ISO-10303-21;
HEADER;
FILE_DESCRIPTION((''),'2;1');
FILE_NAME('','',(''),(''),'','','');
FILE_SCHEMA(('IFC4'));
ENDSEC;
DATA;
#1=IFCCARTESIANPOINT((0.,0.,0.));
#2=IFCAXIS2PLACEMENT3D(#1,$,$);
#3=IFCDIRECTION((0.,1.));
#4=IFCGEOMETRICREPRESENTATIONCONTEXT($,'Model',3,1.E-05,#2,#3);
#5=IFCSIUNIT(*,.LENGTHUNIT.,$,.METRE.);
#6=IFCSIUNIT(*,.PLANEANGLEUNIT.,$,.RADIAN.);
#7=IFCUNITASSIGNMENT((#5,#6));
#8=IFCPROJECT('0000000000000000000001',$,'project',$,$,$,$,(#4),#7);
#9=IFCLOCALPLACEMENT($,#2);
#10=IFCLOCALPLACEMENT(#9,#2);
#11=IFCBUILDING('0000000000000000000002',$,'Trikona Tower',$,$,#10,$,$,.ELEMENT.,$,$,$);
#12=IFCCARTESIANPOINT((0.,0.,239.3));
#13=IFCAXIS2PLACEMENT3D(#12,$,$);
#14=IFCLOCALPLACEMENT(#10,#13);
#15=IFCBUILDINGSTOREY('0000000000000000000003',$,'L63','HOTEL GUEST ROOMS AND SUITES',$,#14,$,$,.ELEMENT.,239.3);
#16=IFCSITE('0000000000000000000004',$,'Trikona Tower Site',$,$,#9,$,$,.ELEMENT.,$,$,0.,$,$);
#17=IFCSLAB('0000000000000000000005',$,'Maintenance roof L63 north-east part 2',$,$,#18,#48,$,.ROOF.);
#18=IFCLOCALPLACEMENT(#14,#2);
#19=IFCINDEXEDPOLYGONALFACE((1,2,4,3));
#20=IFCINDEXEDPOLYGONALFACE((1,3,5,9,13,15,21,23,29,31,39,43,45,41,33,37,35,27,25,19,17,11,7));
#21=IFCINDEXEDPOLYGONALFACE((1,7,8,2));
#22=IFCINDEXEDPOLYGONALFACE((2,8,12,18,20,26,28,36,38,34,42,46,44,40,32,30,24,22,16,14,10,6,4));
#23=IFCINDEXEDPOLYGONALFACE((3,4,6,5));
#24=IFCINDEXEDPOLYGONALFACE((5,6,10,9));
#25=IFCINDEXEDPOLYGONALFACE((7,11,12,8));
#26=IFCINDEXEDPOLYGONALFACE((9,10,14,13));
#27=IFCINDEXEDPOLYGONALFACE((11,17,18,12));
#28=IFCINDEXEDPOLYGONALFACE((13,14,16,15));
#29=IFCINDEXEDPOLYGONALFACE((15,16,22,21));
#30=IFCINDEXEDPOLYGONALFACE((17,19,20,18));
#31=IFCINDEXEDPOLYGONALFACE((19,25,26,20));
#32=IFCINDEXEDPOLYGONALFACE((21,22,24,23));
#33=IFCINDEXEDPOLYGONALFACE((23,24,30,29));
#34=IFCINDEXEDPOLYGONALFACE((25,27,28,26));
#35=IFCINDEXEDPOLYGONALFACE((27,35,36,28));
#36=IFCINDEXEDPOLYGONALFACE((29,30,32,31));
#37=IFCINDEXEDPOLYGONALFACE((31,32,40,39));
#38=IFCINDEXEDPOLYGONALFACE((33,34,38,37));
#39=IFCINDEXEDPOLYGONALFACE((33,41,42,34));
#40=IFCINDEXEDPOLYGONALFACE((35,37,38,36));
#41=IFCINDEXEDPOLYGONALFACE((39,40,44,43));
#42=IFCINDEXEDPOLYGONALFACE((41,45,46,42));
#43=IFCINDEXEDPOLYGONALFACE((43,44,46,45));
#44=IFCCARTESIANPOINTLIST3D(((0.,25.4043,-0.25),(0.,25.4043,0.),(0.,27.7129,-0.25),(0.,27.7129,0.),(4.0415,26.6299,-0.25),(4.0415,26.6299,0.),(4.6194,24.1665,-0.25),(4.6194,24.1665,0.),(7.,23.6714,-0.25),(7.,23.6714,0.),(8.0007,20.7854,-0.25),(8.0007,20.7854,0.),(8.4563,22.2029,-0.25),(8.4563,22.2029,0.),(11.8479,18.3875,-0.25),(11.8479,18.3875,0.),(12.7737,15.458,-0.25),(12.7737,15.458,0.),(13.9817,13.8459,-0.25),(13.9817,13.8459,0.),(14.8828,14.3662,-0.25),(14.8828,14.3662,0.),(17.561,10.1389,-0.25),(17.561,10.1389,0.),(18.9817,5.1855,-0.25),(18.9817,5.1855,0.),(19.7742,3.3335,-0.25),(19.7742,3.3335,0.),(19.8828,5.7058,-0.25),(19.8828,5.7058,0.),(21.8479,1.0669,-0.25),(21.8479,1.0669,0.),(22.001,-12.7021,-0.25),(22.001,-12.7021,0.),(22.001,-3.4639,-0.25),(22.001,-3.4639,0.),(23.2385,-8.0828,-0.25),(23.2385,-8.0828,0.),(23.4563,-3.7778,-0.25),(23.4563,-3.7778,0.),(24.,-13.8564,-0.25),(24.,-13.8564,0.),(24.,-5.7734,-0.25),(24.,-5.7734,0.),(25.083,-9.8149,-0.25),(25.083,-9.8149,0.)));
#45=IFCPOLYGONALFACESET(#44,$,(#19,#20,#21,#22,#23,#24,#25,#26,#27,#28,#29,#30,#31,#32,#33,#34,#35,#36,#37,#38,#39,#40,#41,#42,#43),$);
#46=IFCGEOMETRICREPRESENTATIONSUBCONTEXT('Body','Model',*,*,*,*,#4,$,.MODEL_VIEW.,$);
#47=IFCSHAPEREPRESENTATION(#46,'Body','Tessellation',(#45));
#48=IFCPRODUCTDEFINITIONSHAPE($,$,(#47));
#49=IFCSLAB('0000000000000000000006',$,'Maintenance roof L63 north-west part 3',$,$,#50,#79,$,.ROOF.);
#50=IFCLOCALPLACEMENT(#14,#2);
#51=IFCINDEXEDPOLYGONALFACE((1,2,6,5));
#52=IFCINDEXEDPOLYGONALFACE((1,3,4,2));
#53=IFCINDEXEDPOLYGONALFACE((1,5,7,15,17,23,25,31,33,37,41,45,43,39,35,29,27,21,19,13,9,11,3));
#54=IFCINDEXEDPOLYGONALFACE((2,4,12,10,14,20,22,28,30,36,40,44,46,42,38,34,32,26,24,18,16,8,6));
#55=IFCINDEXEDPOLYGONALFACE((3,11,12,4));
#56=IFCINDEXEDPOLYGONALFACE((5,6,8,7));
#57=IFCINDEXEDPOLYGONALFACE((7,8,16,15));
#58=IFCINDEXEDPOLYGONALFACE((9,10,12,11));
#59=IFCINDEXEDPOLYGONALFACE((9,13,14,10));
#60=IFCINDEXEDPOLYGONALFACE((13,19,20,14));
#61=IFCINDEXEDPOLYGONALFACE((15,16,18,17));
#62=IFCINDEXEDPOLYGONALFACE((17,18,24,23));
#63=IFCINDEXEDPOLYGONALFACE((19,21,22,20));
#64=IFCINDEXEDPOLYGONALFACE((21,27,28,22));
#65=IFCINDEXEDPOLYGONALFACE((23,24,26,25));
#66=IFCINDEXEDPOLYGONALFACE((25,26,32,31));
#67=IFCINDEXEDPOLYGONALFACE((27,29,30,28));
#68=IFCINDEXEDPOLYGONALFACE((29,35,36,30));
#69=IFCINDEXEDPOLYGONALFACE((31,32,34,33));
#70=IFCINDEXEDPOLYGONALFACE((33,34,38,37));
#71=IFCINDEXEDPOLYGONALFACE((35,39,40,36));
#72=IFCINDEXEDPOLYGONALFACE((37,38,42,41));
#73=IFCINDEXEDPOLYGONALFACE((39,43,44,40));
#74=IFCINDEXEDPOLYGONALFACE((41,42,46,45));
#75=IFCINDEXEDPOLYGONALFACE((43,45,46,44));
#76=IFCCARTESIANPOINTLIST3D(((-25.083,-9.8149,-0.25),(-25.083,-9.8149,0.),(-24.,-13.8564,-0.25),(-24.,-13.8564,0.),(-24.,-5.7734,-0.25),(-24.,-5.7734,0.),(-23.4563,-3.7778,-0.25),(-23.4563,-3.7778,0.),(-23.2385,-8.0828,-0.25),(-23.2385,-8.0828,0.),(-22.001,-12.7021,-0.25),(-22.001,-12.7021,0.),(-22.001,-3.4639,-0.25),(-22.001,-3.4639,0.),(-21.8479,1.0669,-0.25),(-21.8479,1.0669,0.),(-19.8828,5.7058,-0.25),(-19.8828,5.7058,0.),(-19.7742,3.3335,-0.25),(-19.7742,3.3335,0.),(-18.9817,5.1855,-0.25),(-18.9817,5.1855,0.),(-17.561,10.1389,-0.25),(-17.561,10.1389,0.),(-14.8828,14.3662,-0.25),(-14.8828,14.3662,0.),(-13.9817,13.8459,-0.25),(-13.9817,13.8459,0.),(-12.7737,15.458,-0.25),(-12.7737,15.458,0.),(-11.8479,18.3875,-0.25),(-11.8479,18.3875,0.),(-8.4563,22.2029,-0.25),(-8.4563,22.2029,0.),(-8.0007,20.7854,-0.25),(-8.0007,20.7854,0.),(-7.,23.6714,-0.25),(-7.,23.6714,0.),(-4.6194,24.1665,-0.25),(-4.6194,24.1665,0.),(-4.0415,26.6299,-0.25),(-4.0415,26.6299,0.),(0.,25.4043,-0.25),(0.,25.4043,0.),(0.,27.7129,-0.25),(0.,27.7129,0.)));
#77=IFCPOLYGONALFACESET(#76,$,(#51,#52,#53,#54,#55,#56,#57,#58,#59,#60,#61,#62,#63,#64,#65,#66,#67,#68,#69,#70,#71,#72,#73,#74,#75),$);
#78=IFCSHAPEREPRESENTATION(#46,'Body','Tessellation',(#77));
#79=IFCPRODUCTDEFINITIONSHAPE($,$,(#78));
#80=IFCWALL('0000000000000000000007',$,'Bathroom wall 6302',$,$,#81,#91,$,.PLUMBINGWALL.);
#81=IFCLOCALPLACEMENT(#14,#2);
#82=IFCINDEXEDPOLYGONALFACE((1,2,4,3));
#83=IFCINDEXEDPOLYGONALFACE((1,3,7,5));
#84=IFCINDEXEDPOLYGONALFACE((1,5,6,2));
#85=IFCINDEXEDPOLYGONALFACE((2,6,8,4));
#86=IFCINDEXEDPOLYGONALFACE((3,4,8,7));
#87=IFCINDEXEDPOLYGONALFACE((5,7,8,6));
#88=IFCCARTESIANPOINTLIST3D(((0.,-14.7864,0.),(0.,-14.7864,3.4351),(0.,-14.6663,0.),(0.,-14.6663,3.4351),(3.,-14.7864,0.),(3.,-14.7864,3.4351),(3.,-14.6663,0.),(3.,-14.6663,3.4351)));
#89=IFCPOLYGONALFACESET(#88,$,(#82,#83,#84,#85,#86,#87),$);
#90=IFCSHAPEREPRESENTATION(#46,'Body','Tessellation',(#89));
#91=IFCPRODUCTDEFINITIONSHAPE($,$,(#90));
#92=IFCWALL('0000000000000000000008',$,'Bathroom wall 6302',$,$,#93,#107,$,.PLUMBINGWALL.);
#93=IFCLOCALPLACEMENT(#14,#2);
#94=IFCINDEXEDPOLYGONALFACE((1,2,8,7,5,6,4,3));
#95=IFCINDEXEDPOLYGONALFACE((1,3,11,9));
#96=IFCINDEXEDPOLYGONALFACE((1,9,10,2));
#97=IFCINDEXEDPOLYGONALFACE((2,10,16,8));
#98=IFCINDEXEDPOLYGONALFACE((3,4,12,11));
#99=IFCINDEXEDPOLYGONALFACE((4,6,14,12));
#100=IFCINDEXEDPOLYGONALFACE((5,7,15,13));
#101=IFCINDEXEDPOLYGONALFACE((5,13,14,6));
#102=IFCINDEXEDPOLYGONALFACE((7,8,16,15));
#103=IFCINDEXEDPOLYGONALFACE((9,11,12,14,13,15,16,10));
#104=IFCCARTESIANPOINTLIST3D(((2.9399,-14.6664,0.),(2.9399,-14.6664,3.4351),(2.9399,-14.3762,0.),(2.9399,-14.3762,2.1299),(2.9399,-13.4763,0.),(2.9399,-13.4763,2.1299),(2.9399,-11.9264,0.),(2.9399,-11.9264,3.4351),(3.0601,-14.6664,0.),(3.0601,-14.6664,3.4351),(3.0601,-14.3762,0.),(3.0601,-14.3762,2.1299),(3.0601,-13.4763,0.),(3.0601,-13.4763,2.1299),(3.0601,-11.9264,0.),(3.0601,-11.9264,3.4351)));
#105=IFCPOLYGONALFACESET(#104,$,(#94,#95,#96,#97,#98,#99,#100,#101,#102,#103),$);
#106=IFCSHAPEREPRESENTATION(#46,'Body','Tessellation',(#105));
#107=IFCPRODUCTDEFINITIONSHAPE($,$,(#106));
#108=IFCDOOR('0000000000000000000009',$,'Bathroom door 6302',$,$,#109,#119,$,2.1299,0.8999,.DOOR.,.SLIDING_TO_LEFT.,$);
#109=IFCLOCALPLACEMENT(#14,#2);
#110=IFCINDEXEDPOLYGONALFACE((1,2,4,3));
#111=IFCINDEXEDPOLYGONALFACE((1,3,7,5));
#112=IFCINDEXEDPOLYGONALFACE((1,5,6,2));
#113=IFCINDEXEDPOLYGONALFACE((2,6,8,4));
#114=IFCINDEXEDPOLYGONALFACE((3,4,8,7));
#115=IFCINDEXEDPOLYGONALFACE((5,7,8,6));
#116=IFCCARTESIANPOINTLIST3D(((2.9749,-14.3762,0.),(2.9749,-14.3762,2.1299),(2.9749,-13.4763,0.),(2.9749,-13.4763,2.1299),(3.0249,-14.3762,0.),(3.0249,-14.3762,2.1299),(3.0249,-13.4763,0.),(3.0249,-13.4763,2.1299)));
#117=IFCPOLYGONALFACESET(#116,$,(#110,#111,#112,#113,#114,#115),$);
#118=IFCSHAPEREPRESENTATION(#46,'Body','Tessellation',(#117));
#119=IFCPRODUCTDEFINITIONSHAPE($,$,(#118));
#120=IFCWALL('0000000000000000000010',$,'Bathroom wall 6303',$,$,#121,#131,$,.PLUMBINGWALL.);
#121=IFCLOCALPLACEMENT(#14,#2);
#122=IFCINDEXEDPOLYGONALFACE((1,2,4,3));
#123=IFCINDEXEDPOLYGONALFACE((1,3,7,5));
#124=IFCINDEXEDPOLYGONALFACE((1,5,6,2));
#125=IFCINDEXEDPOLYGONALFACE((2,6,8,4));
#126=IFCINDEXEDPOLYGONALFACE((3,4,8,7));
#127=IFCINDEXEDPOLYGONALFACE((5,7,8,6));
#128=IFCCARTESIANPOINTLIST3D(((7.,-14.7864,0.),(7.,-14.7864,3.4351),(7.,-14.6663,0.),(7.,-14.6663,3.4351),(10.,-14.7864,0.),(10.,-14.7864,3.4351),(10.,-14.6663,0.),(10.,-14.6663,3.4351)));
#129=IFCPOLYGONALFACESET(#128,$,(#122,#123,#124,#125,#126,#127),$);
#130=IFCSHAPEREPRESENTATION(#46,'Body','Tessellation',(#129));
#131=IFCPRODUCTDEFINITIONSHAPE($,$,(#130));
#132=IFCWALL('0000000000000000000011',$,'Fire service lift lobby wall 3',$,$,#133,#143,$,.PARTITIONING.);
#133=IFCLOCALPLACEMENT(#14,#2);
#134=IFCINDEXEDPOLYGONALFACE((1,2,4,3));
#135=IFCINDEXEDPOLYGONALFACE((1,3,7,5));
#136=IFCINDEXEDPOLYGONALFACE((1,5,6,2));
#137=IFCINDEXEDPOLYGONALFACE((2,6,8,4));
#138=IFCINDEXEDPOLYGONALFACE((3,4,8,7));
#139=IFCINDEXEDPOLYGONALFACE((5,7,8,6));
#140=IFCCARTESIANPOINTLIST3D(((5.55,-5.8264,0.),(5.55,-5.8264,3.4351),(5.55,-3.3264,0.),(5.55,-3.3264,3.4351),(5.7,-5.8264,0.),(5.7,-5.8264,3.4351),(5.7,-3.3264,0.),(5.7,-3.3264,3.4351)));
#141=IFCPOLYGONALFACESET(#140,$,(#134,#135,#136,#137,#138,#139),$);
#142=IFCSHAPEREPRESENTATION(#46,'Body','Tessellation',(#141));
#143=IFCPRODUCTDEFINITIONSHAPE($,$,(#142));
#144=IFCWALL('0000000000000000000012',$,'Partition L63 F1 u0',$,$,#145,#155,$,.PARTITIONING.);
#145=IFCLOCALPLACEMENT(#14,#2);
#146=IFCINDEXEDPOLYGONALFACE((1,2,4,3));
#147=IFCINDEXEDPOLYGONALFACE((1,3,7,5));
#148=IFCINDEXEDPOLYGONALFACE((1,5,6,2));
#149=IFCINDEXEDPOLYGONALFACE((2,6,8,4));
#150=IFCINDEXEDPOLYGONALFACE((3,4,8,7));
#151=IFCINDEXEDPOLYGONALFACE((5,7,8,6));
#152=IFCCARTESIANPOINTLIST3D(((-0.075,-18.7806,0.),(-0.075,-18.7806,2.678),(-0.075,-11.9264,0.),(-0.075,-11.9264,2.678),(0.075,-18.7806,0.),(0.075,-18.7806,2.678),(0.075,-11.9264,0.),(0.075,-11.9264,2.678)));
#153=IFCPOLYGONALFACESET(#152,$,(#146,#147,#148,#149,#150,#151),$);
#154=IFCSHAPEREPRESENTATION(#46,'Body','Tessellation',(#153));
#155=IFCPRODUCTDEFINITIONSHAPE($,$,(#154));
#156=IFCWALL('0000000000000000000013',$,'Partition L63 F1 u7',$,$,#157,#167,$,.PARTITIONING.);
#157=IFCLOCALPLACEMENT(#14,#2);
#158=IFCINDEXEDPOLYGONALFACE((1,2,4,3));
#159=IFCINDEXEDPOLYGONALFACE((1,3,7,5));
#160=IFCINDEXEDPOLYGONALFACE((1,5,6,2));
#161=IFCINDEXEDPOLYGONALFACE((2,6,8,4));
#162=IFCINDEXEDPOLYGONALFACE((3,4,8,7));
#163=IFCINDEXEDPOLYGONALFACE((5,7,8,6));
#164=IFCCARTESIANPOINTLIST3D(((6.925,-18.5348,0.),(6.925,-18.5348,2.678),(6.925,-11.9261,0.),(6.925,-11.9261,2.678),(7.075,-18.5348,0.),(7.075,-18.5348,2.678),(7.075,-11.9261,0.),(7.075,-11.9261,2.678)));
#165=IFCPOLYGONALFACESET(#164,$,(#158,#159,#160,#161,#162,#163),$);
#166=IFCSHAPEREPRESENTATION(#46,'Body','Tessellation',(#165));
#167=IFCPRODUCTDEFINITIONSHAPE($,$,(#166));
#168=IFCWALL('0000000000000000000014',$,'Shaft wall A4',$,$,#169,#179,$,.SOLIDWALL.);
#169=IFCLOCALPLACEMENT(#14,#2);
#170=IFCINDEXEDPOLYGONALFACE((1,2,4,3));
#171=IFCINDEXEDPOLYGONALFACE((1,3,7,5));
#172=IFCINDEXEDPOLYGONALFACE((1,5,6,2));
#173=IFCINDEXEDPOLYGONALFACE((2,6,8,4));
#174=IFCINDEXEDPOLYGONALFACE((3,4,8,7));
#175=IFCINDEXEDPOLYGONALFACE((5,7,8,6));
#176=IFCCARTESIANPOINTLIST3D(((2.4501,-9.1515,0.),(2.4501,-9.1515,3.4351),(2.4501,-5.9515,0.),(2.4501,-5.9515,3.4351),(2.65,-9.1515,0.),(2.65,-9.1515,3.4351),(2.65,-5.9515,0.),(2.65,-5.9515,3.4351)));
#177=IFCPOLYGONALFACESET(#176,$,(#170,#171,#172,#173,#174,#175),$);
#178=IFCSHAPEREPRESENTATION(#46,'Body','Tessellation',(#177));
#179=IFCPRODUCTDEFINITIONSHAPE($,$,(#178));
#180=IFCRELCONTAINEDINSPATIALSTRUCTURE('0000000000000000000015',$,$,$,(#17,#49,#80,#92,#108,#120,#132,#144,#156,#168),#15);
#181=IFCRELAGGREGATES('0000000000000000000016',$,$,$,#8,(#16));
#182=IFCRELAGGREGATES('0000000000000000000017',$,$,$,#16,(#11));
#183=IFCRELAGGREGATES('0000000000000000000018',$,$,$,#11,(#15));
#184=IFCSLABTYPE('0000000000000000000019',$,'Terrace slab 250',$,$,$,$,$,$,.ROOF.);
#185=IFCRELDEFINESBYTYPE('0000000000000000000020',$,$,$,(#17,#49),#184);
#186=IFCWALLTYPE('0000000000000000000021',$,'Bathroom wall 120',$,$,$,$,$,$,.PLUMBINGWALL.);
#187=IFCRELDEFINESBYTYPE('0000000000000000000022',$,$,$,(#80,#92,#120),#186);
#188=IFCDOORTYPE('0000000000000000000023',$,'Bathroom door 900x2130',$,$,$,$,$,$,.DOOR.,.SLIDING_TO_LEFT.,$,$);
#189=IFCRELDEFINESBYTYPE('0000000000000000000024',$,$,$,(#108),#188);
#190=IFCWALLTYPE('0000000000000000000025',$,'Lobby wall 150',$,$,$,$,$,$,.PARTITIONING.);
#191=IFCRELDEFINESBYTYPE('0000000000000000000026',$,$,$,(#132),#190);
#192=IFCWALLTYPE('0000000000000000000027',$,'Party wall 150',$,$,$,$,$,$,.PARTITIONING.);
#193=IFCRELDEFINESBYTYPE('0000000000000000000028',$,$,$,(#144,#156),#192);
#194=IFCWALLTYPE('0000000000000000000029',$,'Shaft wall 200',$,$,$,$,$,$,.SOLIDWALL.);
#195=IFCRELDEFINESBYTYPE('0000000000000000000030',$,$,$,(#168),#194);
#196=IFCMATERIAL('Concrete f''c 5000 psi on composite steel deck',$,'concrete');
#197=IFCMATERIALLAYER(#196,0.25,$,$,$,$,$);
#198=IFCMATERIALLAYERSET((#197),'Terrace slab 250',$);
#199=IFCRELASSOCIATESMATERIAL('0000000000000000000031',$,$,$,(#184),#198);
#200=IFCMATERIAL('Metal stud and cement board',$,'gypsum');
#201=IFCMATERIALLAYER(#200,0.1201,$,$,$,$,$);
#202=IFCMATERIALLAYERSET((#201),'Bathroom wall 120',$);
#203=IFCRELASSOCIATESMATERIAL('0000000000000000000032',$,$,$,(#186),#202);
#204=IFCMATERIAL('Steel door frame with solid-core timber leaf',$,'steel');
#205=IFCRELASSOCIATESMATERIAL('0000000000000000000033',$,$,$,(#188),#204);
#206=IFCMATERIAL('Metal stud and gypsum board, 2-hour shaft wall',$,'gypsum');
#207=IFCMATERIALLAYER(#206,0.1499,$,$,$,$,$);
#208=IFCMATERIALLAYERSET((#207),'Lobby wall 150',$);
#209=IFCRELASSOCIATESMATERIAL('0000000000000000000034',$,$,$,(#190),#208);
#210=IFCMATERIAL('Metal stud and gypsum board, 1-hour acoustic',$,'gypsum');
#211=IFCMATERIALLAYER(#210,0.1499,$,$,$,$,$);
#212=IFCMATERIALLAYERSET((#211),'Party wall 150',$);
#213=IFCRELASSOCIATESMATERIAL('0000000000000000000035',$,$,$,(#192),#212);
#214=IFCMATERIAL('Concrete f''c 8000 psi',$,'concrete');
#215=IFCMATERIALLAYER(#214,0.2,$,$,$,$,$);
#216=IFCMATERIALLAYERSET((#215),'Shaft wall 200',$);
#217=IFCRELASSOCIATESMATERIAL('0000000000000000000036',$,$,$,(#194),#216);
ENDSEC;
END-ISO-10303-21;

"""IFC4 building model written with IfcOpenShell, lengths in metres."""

from ifc_helpers import new_model, si_unit, direction, frame, frame_2d, origin, place, context, subcontext, project, spatial, polyline, rectangle, outline, extrude, material, layer, layer_set, type_object, element, fill, save


model = new_model("IFC4")

# Units and contexts
model_context = context("Model", 3, precision=1e-05, world=origin(), true_north=direction((0.0, 1.0)))
body_context = subcontext(model_context, "Body", "Model", "MODEL_VIEW")
ifc_project = project(units=[si_unit("LENGTHUNIT", "METRE"), si_unit("PLANEANGLEUNIT", "RADIAN")], contexts=[model_context])

# Site, building, storey
site_placement = place(None, origin())
site = spatial("IfcSite", under=ifc_project, at=site_placement, Name="Trikona Tower Site", CompositionType="ELEMENT", RefElevation=0.0)
building_placement = place(site_placement, origin())
building = spatial("IfcBuilding", under=site, at=building_placement, Name="Trikona Tower", CompositionType="ELEMENT")
storey_placement = place(building_placement, frame((0.0, 0.0, 239.3)))
storey = spatial("IfcBuildingStorey", under=building, at=storey_placement, Name="L63", Description="HOTEL GUEST ROOMS AND SUITES", CompositionType="ELEMENT", Elevation=239.3)

# Slabs
ifc_material_1 = material(Name="Concrete f'c 5000 psi on composite steel deck", Category="concrete")
ifc_layer_1 = layer(ifc_material_1, 0.25)
ifc_layer_set_1 = layer_set([ifc_layer_1], Name="Terrace slab 250")
slab_type_1 = type_object("IfcSlabType", Name="Terrace slab 250", PredefinedType="ROOF", material=ifc_layer_set_1)
slab_1_placement = place(storey_placement, frame((0.0, 0.0, -0.25)))
element("IfcSlab", 1, at=slab_1_placement, inside=storey, type_object=slab_type_1, Name="Maintenance roof L63 north-east part 2", PredefinedType="ROOF", context=body_context, shape_type="SweptSolid", body=[
    extrude(outline(polyline([(4.0415, 26.6299), (0.0, 27.7129), (0.0, 25.4043), (4.6194, 24.1665), (8.0007, 20.7854), (12.7737, 15.458), (13.9817, 13.8459), (18.9817, 5.1855), (19.7742, 3.3335), (22.001, -3.4639), (23.2385, -8.0828), (22.001, -12.7021), (24.0, -13.8564), (25.083, -9.8149), (24.0, -5.7734), (23.4563, -3.7778), (21.8479, 1.0669), (19.8828, 5.7058), (17.561, 10.1389), (14.8828, 14.3662), (11.8479, 18.3875), (8.4563, 22.2029), (7.0, 23.6714), (4.0415, 26.6299)])), origin(), (0.0, 0.0, 1.0), 0.25),
])
slab_2_placement = place(storey_placement, frame((0.0, 0.0, -0.25)))
element("IfcSlab", 2, at=slab_2_placement, inside=storey, type_object=slab_type_1, Name="Maintenance roof L63 north-west part 3", PredefinedType="ROOF", context=body_context, shape_type="SweptSolid", body=[
    extrude(outline(polyline([(-24.0, -13.8564), (-22.001, -12.7021), (-23.2385, -8.0828), (-22.001, -3.4639), (-19.7742, 3.3335), (-18.9817, 5.1855), (-13.9817, 13.8459), (-12.7737, 15.458), (-8.0007, 20.7854), (-4.6194, 24.1665), (0.0, 25.4043), (0.0, 27.7129), (-4.0415, 26.6299), (-7.0, 23.6714), (-8.4563, 22.2029), (-11.8479, 18.3875), (-14.8828, 14.3662), (-17.561, 10.1389), (-19.8828, 5.7058), (-21.8479, 1.0669), (-23.4563, -3.7778), (-24.0, -5.7734), (-25.083, -9.8149), (-24.0, -13.8564)])), origin(), (0.0, 0.0, 1.0), 0.25),
])

# Wall
ifc_material_2 = material(Name="Metal stud and cement board", Category="gypsum")
ifc_layer_2 = layer(ifc_material_2, 0.1201)
ifc_layer_set_2 = layer_set([ifc_layer_2], Name="Bathroom wall 120")
wall_type_1 = type_object("IfcWallType", Name="Bathroom wall 120", PredefinedType="PLUMBINGWALL", material=ifc_layer_set_2)
wall_1_placement = place(storey_placement, frame((0.0, -14.7263, 0.0), z_axis=(0.0, 0.0, 1.0), x_axis=(1.0, 0.0, 0.0)))
element("IfcWall", 3, at=wall_1_placement, inside=storey, type_object=wall_type_1, Name="Bathroom wall 6302", PredefinedType="PLUMBINGWALL", context=body_context, shape_type="SweptSolid", body=[
    extrude(rectangle(XDim=3.0, YDim=0.1201, at=frame_2d((1.5, 0.0))), origin(), (0.0, 0.0, 1.0), 3.4351),
])

# Wall, opening, door
wall_2_placement = place(storey_placement, frame((3.0, -11.9263, 0.0), z_axis=(0.0, 0.0, 1.0), x_axis=(0.0, -1.0, 0.0)))
wall_2 = element("IfcWall", 4, at=wall_2_placement, inside=storey, type_object=wall_type_1, Name="Bathroom wall 6302", PredefinedType="PLUMBINGWALL", context=body_context, shape_type="SweptSolid", body=[
    extrude(rectangle(XDim=2.74, YDim=0.1201, at=frame_2d((1.3701, 0.0))), origin(), (0.0, 0.0, 1.0), 3.4351),
])
opening_placement = place(wall_2_placement, frame((1.55, 0.0, 0.0)))
opening = element("IfcOpeningElement", 5, at=opening_placement, cuts=wall_2, PredefinedType="OPENING", context=body_context, shape_type="SweptSolid", body=[
    extrude(rectangle(XDim=0.8999, YDim=2.1299, at=frame_2d((0.45, 1.0649))), frame((0.0, 0.0701, 0.0), z_axis=(0.0, -1.0, 0.0), x_axis=(1.0, 0.0, 0.0)), (0.0, 0.0, 1.0), 0.1401),
])
ifc_material_3 = material(Name="Steel door frame with solid-core timber leaf", Category="steel")
door_type = type_object("IfcDoorType", Name="Bathroom door 900x2130", OperationType="SLIDING_TO_LEFT", PredefinedType="DOOR", material=ifc_material_3)
door_placement = place(opening_placement, origin())
door = element("IfcDoor", 6, at=door_placement, inside=storey, type_object=door_type, Name="Bathroom door 6302", OperationType="SLIDING_TO_LEFT", OverallHeight=2.1299, OverallWidth=0.8999, PredefinedType="DOOR", context=body_context, shape_type="SweptSolid", body=[
    extrude(rectangle(XDim=0.8999, YDim=2.1299, at=frame_2d((0.45, 1.0649))), frame((0.0, 0.0249, 0.0), z_axis=(0.0, -1.0, 0.0), x_axis=(1.0, 0.0, 0.0)), (0.0, 0.0, 1.0), 0.05),
])
fill(opening, door)

# Walls
wall_3_placement = place(storey_placement, frame((7.0, -14.7263, 0.0), z_axis=(0.0, 0.0, 1.0), x_axis=(1.0, 0.0, 0.0)))
element("IfcWall", 7, at=wall_3_placement, inside=storey, type_object=wall_type_1, Name="Bathroom wall 6303", PredefinedType="PLUMBINGWALL", context=body_context, shape_type="SweptSolid", body=[
    extrude(rectangle(XDim=3.0, YDim=0.1201, at=frame_2d((1.5, 0.0))), origin(), (0.0, 0.0, 1.0), 3.4351),
])
ifc_material_4 = material(Name="Metal stud and gypsum board, 2-hour shaft wall", Category="gypsum")
ifc_layer_3 = layer(ifc_material_4, 0.1499)
ifc_layer_set_3 = layer_set([ifc_layer_3], Name="Lobby wall 150")
wall_type_2 = type_object("IfcWallType", Name="Lobby wall 150", PredefinedType="PARTITIONING", material=ifc_layer_set_3)
wall_4_placement = place(storey_placement, frame((5.625, -5.8264, 0.0), z_axis=(0.0, 0.0, 1.0), x_axis=(0.0, 1.0, 0.0)))
element("IfcWall", 8, at=wall_4_placement, inside=storey, type_object=wall_type_2, Name="Fire service lift lobby wall 3", PredefinedType="PARTITIONING", context=body_context, shape_type="SweptSolid", body=[
    extrude(rectangle(XDim=2.5, YDim=0.1499, at=frame_2d((1.25, 0.0))), origin(), (0.0, 0.0, 1.0), 3.4351),
])
ifc_material_5 = material(Name="Metal stud and gypsum board, 1-hour acoustic", Category="gypsum")
ifc_layer_4 = layer(ifc_material_5, 0.1499)
ifc_layer_set_4 = layer_set([ifc_layer_4], Name="Party wall 150")
wall_type_3 = type_object("IfcWallType", Name="Party wall 150", PredefinedType="PARTITIONING", material=ifc_layer_set_4)
wall_5_placement = place(storey_placement, frame((0.0, -11.9263, 0.0), z_axis=(0.0, 0.0, 1.0), x_axis=(0.0, -1.0, 0.0)))
element("IfcWall", 9, at=wall_5_placement, inside=storey, type_object=wall_type_3, Name="Partition L63 F1 u0", PredefinedType="PARTITIONING", context=body_context, shape_type="SweptSolid", body=[
    extrude(rectangle(XDim=6.8542, YDim=0.1499, at=frame_2d((3.4272, 0.0))), origin(), (0.0, 0.0, 1.0), 2.678),
])
wall_6_placement = place(storey_placement, frame((7.0, -11.9263, 0.0), z_axis=(0.0, 0.0, 1.0), x_axis=(0.0, -1.0, 0.0)))
element("IfcWall", 10, at=wall_6_placement, inside=storey, type_object=wall_type_3, Name="Partition L63 F1 u7", PredefinedType="PARTITIONING", context=body_context, shape_type="SweptSolid", body=[
    extrude(rectangle(XDim=6.6086, YDim=0.1499, at=frame_2d((3.3042, 0.0))), origin(), (0.0, 0.0, 1.0), 2.678),
])
ifc_material_6 = material(Name="Concrete f'c 8000 psi", Category="concrete")
ifc_layer_5 = layer(ifc_material_6, 0.2)
ifc_layer_set_5 = layer_set([ifc_layer_5], Name="Shaft wall 200")
wall_type_4 = type_object("IfcWallType", Name="Shaft wall 200", PredefinedType="SOLIDWALL", material=ifc_layer_set_5)
for number, where, z_axis, x_axis, name in (
    (11, (2.55, -5.9514, 0.0), (0.0, 0.0, 1.0), (0.0, -1.0, 0.0), "Shaft wall A4"),
):
    element("IfcWall", number, at=place(storey_placement, frame(where, z_axis=z_axis, x_axis=x_axis)), inside=storey, type_object=wall_type_4, Name=name, PredefinedType="SOLIDWALL", context=body_context, shape_type="SweptSolid", body=[
        extrude(rectangle(XDim=3.2, YDim=0.2, at=frame_2d((1.6001, 0.0))), origin(), (0.0, 0.0, 1.0), 3.4351),
    ])

save(model, "model.ifc")
